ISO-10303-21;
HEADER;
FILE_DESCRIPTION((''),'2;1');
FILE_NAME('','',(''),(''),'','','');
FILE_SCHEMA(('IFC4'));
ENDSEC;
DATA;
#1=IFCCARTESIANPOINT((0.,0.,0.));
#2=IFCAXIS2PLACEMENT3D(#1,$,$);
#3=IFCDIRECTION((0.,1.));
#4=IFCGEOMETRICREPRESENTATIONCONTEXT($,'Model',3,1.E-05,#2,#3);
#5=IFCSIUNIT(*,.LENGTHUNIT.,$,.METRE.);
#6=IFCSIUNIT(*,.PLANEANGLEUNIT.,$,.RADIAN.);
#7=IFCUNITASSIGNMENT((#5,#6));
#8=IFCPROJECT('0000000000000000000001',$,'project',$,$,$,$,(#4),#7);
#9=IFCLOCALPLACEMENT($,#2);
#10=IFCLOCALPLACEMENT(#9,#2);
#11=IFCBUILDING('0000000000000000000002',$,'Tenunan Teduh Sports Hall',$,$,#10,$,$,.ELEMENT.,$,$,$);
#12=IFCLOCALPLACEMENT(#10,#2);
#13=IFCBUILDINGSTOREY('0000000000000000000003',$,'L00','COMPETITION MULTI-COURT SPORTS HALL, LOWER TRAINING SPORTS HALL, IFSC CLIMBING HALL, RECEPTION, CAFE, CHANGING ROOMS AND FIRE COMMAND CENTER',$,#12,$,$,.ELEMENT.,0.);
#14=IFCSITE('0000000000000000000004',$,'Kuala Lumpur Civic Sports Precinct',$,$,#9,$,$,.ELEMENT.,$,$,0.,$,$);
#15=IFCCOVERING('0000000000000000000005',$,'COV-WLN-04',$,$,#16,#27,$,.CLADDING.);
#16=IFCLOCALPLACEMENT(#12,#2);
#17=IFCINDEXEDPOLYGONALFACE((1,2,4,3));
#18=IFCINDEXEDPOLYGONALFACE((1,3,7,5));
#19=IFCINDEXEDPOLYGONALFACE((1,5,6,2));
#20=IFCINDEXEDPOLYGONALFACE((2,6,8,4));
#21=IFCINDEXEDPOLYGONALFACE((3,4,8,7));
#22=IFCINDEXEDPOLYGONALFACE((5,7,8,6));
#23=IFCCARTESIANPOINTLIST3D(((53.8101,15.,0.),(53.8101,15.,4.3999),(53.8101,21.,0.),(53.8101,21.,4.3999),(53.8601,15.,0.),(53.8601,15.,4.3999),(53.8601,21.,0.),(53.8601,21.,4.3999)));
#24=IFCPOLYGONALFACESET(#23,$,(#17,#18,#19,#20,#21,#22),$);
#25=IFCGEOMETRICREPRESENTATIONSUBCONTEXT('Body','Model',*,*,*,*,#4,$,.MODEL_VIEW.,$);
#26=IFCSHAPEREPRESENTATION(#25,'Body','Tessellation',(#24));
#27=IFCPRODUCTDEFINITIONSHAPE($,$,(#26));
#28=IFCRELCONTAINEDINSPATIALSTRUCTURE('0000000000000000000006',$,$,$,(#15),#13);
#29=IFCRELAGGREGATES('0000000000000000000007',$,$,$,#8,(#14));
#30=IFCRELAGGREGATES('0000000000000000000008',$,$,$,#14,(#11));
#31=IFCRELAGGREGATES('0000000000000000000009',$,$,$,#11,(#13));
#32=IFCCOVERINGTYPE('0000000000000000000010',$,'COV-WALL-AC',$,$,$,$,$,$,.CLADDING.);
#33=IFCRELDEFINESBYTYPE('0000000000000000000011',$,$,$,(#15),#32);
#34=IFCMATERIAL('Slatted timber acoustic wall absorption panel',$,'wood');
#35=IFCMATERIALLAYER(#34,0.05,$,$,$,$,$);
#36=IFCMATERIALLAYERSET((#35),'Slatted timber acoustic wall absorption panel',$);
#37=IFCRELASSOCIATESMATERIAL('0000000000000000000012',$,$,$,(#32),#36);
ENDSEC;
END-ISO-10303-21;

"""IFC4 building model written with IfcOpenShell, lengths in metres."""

from ifc_helpers import new_model, si_unit, direction, origin, place, context, subcontext, project, spatial, polyline, outline, extrude, material, layer, layer_set, type_object, element, save


model = new_model("IFC4")

# Units and contexts
model_context = context("Model", 3, precision=1e-05, world=origin(), true_north=direction((0.0, 1.0)))
body_context = subcontext(model_context, "Body", "Model", "MODEL_VIEW")
ifc_project = project(units=[si_unit("LENGTHUNIT", "METRE"), si_unit("PLANEANGLEUNIT", "RADIAN")], contexts=[model_context])

# Site, building, storey
site_placement = place(None, origin())
site = spatial("IfcSite", under=ifc_project, at=site_placement, Name="Kuala Lumpur Civic Sports Precinct", CompositionType="ELEMENT", RefElevation=0.0)
building_placement = place(site_placement, origin())
building = spatial("IfcBuilding", under=site, at=building_placement, Name="Tenunan Teduh Sports Hall", CompositionType="ELEMENT")
storey_placement = place(building_placement, origin())
storey = spatial("IfcBuildingStorey", under=building, at=storey_placement, Name="L00", Description="COMPETITION MULTI-COURT SPORTS HALL, LOWER TRAINING SPORTS HALL, IFSC CLIMBING HALL, RECEPTION, CAFE, CHANGING ROOMS AND FIRE COMMAND CENTER", CompositionType="ELEMENT", Elevation=0.0)

# Covering
ifc_material_1 = material(Name="Slatted timber acoustic wall absorption panel", Category="wood")
ifc_layer_1 = layer(ifc_material_1, 0.05)
ifc_layer_set_1 = layer_set([ifc_layer_1], Name="Slatted timber acoustic wall absorption panel")
covering_type = type_object("IfcCoveringType", Name="COV-WALL-AC", PredefinedType="CLADDING", material=ifc_layer_set_1)
covering_1_placement = place(storey_placement, origin())
element("IfcCovering", 1, at=covering_1_placement, inside=storey, type_object=covering_type, Name="COV-WLN-04", PredefinedType="CLADDING", context=body_context, shape_type="SweptSolid", body=[
    extrude(outline(polyline([(53.8101, 15.0), (53.8601, 15.0), (53.8601, 21.0), (53.8101, 21.0), (53.8101, 15.0)])), origin(), (0.0, 0.0, 1.0), 4.3999),
])

save(model, "model.ifc")
